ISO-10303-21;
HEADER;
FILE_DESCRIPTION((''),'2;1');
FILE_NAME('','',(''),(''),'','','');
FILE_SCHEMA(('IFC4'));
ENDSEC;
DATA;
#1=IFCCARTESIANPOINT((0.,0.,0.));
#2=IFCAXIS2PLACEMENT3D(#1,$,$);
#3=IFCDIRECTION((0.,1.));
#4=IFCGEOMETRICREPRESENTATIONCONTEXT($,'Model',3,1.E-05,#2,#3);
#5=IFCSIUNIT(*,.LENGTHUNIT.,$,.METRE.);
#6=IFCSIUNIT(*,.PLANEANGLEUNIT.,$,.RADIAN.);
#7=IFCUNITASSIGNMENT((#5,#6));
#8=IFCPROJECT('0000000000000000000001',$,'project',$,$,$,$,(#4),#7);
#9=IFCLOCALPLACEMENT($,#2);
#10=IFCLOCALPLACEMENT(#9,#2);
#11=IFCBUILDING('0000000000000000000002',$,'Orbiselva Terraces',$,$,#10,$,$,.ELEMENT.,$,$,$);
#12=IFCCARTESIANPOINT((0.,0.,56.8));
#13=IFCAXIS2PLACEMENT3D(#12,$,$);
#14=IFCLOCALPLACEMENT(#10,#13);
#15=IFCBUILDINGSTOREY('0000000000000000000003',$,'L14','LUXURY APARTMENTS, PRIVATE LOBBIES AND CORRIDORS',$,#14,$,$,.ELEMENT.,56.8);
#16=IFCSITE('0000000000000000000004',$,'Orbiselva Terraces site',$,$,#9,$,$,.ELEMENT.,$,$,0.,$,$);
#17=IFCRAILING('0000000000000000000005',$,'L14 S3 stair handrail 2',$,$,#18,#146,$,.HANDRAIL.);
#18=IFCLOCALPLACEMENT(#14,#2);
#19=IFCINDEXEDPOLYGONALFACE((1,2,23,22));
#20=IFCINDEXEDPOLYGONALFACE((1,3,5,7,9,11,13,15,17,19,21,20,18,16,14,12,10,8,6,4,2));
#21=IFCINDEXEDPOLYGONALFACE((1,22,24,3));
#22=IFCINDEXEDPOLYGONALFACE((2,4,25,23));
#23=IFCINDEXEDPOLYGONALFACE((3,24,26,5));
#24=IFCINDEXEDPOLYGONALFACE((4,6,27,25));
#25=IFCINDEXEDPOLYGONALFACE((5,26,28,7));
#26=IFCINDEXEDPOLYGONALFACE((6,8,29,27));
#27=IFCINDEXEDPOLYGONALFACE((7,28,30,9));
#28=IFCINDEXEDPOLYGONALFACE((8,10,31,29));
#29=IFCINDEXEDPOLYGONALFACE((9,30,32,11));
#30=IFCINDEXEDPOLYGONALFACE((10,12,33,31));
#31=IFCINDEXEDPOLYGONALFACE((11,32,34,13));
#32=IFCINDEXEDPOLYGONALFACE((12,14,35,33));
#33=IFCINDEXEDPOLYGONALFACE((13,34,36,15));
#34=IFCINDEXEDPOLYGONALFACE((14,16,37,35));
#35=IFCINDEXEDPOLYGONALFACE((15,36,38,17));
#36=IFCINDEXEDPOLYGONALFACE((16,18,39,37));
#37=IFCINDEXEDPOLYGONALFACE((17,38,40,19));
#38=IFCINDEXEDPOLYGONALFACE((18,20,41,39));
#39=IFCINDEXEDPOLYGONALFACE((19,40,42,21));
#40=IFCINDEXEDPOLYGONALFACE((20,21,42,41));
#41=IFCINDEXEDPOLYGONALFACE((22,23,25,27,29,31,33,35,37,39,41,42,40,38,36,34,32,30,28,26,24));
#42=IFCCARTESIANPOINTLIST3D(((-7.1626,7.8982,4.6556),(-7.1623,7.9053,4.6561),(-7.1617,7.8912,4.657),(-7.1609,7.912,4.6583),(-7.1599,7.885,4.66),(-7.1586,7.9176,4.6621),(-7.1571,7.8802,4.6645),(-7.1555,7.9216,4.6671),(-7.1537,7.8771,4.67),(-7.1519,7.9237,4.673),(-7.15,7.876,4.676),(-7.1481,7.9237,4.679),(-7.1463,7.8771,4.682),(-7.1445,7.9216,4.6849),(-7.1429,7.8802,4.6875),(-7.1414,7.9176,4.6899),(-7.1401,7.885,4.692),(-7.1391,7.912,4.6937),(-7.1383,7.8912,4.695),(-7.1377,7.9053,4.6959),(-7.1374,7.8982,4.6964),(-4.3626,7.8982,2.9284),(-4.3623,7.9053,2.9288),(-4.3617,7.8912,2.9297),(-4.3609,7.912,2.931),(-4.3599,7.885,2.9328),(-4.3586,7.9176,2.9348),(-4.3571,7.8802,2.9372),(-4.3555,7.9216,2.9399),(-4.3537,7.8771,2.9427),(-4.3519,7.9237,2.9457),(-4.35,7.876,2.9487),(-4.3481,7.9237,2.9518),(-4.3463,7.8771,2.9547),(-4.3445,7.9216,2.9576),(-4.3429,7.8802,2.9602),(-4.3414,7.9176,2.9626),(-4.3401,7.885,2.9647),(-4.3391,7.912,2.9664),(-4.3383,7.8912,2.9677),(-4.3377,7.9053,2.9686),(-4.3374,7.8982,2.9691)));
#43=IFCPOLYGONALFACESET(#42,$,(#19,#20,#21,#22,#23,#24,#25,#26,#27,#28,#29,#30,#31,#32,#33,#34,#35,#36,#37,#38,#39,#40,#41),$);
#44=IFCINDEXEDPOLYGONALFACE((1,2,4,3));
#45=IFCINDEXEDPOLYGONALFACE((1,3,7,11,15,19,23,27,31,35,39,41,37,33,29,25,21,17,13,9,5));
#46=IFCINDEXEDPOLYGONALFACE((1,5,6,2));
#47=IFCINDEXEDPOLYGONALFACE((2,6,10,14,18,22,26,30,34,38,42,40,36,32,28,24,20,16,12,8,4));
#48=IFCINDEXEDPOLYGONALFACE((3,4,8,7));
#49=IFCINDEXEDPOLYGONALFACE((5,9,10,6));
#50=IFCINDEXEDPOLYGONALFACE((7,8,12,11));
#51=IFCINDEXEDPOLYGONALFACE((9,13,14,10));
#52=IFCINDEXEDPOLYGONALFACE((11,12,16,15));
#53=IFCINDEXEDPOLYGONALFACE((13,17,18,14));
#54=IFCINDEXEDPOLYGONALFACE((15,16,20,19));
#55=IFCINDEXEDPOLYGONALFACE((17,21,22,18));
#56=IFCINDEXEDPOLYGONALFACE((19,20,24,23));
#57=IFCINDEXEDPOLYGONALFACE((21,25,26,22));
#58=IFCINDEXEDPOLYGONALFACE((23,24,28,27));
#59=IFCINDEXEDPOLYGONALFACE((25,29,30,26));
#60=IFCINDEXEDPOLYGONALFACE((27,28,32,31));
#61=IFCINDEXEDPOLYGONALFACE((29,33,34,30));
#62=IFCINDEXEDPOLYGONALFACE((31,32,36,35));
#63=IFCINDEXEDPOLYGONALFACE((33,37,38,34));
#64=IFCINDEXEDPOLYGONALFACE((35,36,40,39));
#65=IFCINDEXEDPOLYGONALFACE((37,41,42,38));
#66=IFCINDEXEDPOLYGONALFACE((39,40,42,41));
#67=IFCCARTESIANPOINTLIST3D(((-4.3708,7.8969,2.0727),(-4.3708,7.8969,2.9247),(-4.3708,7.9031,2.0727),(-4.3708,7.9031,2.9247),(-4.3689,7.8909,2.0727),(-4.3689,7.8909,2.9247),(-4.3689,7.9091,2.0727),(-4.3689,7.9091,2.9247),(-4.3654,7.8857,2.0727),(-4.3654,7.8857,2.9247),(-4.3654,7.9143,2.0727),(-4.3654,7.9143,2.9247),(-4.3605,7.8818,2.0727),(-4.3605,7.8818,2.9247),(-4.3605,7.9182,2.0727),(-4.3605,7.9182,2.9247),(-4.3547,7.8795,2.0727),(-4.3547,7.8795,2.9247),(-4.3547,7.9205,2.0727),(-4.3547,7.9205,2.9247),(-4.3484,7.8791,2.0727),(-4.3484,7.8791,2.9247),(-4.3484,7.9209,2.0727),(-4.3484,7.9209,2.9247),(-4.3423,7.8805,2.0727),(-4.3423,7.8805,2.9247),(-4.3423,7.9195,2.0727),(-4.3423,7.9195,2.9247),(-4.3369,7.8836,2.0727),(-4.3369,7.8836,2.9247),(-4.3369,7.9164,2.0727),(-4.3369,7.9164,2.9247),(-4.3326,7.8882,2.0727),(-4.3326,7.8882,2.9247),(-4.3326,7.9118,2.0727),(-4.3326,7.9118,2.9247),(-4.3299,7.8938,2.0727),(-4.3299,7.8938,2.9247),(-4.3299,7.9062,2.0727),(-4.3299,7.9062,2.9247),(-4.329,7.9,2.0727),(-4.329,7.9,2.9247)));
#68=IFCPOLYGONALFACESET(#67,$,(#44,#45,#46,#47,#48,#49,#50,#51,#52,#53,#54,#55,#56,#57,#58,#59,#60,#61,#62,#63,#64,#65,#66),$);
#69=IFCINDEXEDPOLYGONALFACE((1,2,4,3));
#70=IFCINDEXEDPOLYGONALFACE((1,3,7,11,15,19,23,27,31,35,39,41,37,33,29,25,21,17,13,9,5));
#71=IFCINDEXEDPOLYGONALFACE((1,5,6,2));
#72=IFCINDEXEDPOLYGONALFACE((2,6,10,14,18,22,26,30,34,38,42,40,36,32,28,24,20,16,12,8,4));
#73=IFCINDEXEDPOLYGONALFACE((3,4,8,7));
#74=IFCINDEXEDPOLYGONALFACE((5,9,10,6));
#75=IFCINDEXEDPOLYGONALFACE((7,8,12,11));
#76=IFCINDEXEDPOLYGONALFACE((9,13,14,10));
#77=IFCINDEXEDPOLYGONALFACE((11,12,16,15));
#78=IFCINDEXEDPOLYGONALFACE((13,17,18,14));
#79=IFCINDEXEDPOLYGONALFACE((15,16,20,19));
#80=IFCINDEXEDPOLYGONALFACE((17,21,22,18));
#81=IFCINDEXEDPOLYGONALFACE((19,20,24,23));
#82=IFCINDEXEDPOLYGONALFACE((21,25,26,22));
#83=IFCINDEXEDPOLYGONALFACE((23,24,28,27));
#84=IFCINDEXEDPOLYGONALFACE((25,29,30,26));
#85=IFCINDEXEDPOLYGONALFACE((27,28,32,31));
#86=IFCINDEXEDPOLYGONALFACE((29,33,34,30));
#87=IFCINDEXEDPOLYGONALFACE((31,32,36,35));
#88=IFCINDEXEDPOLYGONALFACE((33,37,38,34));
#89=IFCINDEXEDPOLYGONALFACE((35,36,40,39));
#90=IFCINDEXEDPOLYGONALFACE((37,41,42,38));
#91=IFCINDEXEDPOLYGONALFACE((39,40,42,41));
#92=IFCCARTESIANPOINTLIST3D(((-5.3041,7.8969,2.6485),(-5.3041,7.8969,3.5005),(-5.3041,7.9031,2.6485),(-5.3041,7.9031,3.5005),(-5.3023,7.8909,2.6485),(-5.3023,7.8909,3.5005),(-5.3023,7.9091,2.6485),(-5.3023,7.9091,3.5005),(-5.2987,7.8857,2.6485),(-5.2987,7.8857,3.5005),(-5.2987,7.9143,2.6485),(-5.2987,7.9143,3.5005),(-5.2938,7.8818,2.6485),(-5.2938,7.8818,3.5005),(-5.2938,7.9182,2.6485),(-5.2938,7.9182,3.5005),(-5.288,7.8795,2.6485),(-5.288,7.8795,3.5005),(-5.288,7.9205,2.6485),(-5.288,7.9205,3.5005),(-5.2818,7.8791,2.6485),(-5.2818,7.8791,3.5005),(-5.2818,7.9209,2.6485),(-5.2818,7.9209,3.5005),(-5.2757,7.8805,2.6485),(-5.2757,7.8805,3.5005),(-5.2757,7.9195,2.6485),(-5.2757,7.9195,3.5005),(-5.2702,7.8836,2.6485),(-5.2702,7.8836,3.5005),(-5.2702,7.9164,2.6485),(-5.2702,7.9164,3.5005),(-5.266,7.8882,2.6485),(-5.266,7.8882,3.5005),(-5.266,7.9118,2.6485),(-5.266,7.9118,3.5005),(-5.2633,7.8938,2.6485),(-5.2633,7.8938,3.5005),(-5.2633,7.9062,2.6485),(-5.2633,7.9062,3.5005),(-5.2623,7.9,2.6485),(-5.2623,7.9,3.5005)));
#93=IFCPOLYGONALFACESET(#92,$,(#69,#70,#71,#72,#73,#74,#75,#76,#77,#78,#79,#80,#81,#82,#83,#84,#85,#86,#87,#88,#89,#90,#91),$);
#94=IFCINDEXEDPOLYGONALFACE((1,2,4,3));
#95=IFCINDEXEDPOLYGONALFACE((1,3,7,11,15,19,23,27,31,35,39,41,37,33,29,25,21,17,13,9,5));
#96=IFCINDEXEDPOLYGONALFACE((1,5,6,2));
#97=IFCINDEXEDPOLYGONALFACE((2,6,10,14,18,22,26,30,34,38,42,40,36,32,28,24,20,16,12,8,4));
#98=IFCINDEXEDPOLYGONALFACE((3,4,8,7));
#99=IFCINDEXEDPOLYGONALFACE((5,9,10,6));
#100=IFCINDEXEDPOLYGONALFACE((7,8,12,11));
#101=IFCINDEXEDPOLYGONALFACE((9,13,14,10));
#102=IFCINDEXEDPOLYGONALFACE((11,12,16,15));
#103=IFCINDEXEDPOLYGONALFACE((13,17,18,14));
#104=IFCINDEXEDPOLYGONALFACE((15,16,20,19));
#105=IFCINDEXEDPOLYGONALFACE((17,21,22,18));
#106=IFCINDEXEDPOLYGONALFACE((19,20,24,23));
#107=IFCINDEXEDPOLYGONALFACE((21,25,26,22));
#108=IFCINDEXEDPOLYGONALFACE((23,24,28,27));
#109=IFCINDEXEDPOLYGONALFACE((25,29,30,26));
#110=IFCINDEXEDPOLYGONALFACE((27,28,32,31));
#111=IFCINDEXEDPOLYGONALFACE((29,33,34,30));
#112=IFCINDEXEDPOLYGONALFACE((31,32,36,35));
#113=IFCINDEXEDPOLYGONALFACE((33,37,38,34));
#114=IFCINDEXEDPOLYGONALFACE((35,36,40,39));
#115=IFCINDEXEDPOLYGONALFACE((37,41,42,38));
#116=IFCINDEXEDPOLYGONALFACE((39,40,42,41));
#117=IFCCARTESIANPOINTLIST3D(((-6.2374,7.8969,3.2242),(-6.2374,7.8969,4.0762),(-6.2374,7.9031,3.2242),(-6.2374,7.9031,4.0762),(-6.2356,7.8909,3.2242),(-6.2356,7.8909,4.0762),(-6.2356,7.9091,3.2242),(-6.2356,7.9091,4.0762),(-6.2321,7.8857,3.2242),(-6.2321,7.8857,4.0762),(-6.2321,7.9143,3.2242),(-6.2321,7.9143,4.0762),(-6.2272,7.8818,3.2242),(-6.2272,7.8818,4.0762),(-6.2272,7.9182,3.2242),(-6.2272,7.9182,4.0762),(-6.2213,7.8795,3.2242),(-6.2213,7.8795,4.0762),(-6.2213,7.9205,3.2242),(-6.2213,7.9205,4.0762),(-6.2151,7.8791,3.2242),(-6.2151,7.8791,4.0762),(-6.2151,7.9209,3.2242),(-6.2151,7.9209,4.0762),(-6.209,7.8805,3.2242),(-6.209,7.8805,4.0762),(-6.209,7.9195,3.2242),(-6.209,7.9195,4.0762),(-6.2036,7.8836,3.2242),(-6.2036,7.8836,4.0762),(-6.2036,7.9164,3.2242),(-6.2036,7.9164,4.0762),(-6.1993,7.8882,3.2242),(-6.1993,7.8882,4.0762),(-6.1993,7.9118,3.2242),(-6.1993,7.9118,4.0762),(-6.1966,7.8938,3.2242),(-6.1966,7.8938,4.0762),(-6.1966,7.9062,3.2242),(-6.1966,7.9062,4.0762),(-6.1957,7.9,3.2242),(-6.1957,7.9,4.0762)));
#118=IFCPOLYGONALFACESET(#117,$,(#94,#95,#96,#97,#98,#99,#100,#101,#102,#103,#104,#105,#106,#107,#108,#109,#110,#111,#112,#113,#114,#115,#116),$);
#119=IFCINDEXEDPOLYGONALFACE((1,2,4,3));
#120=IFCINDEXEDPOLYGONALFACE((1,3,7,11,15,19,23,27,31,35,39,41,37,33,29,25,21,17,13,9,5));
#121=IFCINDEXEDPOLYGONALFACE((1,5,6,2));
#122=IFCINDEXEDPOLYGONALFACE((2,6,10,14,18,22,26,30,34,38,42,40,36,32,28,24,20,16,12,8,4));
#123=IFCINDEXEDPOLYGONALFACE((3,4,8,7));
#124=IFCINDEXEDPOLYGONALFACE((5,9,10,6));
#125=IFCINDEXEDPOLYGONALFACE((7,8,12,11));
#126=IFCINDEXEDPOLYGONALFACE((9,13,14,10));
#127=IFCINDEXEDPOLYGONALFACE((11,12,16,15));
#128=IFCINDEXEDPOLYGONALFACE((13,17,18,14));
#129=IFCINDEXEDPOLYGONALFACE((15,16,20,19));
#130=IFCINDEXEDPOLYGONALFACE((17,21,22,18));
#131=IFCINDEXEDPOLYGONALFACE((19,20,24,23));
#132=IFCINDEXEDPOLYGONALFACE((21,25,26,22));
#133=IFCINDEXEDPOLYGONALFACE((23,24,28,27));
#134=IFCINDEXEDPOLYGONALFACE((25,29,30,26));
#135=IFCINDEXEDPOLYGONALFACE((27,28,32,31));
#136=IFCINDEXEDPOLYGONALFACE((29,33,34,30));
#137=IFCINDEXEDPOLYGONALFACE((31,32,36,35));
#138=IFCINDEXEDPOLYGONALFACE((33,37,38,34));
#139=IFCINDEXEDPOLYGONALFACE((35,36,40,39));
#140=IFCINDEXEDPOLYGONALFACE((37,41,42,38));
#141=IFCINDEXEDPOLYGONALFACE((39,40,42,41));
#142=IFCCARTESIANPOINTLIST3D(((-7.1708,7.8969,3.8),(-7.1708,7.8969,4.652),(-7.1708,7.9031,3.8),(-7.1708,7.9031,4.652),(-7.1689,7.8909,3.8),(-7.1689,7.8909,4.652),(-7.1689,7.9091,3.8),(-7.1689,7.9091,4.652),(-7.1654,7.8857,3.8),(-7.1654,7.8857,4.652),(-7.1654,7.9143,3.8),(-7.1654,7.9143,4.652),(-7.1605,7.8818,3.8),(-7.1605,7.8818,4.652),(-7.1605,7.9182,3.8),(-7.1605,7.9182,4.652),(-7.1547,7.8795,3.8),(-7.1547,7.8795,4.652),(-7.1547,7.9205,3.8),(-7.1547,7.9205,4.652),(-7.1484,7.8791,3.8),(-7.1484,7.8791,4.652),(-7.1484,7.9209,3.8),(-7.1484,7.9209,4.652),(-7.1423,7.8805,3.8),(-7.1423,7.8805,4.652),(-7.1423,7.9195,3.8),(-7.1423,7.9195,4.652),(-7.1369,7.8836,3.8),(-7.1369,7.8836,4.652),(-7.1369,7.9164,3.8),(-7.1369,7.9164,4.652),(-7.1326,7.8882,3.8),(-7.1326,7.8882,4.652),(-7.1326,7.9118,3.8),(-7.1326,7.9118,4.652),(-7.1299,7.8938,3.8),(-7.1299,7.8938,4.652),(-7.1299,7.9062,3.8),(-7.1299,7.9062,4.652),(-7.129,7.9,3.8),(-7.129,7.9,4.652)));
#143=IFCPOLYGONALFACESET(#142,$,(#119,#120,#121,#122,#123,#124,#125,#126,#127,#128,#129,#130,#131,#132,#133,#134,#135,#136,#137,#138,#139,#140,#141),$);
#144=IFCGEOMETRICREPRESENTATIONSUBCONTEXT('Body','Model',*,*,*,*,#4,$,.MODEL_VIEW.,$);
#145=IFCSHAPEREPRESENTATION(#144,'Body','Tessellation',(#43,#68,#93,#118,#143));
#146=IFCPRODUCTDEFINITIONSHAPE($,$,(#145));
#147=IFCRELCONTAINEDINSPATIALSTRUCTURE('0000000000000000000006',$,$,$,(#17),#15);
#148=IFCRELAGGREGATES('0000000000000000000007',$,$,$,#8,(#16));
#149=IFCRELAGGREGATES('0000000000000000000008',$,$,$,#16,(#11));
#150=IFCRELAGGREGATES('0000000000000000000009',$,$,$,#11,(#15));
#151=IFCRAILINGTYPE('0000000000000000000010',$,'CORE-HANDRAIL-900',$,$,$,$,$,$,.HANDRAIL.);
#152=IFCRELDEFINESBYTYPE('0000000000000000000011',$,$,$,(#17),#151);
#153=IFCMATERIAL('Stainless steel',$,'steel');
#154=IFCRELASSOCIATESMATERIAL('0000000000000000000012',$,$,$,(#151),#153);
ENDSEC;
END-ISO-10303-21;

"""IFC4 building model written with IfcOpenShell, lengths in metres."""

from ifc_helpers import new_model, si_unit, direction, frame, origin, origin_2d, place, context, subcontext, project, spatial, circle, extrude, material, type_object, element, save


model = new_model("IFC4")

# Units and contexts
model_context = context("Model", 3, precision=1e-05, world=origin(), true_north=direction((0.0, 1.0)))
body_context = subcontext(model_context, "Body", "Model", "MODEL_VIEW")
ifc_project = project(units=[si_unit("LENGTHUNIT", "METRE"), si_unit("PLANEANGLEUNIT", "RADIAN")], contexts=[model_context])

# Site, building, storey
site_placement = place(None, origin())
site = spatial("IfcSite", under=ifc_project, at=site_placement, Name="Orbiselva Terraces site", CompositionType="ELEMENT", RefElevation=0.0)
building_placement = place(site_placement, origin())
building = spatial("IfcBuilding", under=site, at=building_placement, Name="Orbiselva Terraces", CompositionType="ELEMENT")
storey_placement = place(building_placement, frame((0.0, 0.0, 56.8)))
storey = spatial("IfcBuildingStorey", under=building, at=storey_placement, Name="L14", Description="LUXURY APARTMENTS, PRIVATE LOBBIES AND CORRIDORS", CompositionType="ELEMENT", Elevation=56.8)

# Railing
ifc_material_1 = material(Name="Stainless steel", Category="steel")
railing_type_1 = type_object("IfcRailingType", Name="CORE-HANDRAIL-900", PredefinedType="HANDRAIL", material=ifc_material_1)
railing_1_placement = place(storey_placement, frame((-4.35, 7.9, 2.0727)))
element("IfcRailing", 1, at=railing_1_placement, inside=storey, type_object=railing_type_1, Name="L14 S3 stair handrail 2", PredefinedType="HANDRAIL", context=body_context, shape_type="SweptSolid", body=[
    extrude(circle(Radius=0.024, at=origin_2d()), frame((0.0, 0.0, 0.876), z_axis=(-0.851089, 0.0, 0.525022), x_axis=(0.0, -1.0, 0.0)), (0.0, 0.0, 1.0), 3.2899),
    extrude(circle(Radius=0.021, at=origin_2d()), origin(), (0.0, 0.0, 1.0), 0.852),
    extrude(circle(Radius=0.021, at=origin_2d()), frame((-0.9333, 0.0, 0.5758)), (0.0, 0.0, 1.0), 0.852),
    extrude(circle(Radius=0.021, at=origin_2d()), frame((-1.8667, 0.0, 1.1515)), (0.0, 0.0, 1.0), 0.852),
    extrude(circle(Radius=0.021, at=origin_2d()), frame((-2.8, 0.0, 1.7273)), (0.0, 0.0, 1.0), 0.852),
])

save(model, "model.ifc")
